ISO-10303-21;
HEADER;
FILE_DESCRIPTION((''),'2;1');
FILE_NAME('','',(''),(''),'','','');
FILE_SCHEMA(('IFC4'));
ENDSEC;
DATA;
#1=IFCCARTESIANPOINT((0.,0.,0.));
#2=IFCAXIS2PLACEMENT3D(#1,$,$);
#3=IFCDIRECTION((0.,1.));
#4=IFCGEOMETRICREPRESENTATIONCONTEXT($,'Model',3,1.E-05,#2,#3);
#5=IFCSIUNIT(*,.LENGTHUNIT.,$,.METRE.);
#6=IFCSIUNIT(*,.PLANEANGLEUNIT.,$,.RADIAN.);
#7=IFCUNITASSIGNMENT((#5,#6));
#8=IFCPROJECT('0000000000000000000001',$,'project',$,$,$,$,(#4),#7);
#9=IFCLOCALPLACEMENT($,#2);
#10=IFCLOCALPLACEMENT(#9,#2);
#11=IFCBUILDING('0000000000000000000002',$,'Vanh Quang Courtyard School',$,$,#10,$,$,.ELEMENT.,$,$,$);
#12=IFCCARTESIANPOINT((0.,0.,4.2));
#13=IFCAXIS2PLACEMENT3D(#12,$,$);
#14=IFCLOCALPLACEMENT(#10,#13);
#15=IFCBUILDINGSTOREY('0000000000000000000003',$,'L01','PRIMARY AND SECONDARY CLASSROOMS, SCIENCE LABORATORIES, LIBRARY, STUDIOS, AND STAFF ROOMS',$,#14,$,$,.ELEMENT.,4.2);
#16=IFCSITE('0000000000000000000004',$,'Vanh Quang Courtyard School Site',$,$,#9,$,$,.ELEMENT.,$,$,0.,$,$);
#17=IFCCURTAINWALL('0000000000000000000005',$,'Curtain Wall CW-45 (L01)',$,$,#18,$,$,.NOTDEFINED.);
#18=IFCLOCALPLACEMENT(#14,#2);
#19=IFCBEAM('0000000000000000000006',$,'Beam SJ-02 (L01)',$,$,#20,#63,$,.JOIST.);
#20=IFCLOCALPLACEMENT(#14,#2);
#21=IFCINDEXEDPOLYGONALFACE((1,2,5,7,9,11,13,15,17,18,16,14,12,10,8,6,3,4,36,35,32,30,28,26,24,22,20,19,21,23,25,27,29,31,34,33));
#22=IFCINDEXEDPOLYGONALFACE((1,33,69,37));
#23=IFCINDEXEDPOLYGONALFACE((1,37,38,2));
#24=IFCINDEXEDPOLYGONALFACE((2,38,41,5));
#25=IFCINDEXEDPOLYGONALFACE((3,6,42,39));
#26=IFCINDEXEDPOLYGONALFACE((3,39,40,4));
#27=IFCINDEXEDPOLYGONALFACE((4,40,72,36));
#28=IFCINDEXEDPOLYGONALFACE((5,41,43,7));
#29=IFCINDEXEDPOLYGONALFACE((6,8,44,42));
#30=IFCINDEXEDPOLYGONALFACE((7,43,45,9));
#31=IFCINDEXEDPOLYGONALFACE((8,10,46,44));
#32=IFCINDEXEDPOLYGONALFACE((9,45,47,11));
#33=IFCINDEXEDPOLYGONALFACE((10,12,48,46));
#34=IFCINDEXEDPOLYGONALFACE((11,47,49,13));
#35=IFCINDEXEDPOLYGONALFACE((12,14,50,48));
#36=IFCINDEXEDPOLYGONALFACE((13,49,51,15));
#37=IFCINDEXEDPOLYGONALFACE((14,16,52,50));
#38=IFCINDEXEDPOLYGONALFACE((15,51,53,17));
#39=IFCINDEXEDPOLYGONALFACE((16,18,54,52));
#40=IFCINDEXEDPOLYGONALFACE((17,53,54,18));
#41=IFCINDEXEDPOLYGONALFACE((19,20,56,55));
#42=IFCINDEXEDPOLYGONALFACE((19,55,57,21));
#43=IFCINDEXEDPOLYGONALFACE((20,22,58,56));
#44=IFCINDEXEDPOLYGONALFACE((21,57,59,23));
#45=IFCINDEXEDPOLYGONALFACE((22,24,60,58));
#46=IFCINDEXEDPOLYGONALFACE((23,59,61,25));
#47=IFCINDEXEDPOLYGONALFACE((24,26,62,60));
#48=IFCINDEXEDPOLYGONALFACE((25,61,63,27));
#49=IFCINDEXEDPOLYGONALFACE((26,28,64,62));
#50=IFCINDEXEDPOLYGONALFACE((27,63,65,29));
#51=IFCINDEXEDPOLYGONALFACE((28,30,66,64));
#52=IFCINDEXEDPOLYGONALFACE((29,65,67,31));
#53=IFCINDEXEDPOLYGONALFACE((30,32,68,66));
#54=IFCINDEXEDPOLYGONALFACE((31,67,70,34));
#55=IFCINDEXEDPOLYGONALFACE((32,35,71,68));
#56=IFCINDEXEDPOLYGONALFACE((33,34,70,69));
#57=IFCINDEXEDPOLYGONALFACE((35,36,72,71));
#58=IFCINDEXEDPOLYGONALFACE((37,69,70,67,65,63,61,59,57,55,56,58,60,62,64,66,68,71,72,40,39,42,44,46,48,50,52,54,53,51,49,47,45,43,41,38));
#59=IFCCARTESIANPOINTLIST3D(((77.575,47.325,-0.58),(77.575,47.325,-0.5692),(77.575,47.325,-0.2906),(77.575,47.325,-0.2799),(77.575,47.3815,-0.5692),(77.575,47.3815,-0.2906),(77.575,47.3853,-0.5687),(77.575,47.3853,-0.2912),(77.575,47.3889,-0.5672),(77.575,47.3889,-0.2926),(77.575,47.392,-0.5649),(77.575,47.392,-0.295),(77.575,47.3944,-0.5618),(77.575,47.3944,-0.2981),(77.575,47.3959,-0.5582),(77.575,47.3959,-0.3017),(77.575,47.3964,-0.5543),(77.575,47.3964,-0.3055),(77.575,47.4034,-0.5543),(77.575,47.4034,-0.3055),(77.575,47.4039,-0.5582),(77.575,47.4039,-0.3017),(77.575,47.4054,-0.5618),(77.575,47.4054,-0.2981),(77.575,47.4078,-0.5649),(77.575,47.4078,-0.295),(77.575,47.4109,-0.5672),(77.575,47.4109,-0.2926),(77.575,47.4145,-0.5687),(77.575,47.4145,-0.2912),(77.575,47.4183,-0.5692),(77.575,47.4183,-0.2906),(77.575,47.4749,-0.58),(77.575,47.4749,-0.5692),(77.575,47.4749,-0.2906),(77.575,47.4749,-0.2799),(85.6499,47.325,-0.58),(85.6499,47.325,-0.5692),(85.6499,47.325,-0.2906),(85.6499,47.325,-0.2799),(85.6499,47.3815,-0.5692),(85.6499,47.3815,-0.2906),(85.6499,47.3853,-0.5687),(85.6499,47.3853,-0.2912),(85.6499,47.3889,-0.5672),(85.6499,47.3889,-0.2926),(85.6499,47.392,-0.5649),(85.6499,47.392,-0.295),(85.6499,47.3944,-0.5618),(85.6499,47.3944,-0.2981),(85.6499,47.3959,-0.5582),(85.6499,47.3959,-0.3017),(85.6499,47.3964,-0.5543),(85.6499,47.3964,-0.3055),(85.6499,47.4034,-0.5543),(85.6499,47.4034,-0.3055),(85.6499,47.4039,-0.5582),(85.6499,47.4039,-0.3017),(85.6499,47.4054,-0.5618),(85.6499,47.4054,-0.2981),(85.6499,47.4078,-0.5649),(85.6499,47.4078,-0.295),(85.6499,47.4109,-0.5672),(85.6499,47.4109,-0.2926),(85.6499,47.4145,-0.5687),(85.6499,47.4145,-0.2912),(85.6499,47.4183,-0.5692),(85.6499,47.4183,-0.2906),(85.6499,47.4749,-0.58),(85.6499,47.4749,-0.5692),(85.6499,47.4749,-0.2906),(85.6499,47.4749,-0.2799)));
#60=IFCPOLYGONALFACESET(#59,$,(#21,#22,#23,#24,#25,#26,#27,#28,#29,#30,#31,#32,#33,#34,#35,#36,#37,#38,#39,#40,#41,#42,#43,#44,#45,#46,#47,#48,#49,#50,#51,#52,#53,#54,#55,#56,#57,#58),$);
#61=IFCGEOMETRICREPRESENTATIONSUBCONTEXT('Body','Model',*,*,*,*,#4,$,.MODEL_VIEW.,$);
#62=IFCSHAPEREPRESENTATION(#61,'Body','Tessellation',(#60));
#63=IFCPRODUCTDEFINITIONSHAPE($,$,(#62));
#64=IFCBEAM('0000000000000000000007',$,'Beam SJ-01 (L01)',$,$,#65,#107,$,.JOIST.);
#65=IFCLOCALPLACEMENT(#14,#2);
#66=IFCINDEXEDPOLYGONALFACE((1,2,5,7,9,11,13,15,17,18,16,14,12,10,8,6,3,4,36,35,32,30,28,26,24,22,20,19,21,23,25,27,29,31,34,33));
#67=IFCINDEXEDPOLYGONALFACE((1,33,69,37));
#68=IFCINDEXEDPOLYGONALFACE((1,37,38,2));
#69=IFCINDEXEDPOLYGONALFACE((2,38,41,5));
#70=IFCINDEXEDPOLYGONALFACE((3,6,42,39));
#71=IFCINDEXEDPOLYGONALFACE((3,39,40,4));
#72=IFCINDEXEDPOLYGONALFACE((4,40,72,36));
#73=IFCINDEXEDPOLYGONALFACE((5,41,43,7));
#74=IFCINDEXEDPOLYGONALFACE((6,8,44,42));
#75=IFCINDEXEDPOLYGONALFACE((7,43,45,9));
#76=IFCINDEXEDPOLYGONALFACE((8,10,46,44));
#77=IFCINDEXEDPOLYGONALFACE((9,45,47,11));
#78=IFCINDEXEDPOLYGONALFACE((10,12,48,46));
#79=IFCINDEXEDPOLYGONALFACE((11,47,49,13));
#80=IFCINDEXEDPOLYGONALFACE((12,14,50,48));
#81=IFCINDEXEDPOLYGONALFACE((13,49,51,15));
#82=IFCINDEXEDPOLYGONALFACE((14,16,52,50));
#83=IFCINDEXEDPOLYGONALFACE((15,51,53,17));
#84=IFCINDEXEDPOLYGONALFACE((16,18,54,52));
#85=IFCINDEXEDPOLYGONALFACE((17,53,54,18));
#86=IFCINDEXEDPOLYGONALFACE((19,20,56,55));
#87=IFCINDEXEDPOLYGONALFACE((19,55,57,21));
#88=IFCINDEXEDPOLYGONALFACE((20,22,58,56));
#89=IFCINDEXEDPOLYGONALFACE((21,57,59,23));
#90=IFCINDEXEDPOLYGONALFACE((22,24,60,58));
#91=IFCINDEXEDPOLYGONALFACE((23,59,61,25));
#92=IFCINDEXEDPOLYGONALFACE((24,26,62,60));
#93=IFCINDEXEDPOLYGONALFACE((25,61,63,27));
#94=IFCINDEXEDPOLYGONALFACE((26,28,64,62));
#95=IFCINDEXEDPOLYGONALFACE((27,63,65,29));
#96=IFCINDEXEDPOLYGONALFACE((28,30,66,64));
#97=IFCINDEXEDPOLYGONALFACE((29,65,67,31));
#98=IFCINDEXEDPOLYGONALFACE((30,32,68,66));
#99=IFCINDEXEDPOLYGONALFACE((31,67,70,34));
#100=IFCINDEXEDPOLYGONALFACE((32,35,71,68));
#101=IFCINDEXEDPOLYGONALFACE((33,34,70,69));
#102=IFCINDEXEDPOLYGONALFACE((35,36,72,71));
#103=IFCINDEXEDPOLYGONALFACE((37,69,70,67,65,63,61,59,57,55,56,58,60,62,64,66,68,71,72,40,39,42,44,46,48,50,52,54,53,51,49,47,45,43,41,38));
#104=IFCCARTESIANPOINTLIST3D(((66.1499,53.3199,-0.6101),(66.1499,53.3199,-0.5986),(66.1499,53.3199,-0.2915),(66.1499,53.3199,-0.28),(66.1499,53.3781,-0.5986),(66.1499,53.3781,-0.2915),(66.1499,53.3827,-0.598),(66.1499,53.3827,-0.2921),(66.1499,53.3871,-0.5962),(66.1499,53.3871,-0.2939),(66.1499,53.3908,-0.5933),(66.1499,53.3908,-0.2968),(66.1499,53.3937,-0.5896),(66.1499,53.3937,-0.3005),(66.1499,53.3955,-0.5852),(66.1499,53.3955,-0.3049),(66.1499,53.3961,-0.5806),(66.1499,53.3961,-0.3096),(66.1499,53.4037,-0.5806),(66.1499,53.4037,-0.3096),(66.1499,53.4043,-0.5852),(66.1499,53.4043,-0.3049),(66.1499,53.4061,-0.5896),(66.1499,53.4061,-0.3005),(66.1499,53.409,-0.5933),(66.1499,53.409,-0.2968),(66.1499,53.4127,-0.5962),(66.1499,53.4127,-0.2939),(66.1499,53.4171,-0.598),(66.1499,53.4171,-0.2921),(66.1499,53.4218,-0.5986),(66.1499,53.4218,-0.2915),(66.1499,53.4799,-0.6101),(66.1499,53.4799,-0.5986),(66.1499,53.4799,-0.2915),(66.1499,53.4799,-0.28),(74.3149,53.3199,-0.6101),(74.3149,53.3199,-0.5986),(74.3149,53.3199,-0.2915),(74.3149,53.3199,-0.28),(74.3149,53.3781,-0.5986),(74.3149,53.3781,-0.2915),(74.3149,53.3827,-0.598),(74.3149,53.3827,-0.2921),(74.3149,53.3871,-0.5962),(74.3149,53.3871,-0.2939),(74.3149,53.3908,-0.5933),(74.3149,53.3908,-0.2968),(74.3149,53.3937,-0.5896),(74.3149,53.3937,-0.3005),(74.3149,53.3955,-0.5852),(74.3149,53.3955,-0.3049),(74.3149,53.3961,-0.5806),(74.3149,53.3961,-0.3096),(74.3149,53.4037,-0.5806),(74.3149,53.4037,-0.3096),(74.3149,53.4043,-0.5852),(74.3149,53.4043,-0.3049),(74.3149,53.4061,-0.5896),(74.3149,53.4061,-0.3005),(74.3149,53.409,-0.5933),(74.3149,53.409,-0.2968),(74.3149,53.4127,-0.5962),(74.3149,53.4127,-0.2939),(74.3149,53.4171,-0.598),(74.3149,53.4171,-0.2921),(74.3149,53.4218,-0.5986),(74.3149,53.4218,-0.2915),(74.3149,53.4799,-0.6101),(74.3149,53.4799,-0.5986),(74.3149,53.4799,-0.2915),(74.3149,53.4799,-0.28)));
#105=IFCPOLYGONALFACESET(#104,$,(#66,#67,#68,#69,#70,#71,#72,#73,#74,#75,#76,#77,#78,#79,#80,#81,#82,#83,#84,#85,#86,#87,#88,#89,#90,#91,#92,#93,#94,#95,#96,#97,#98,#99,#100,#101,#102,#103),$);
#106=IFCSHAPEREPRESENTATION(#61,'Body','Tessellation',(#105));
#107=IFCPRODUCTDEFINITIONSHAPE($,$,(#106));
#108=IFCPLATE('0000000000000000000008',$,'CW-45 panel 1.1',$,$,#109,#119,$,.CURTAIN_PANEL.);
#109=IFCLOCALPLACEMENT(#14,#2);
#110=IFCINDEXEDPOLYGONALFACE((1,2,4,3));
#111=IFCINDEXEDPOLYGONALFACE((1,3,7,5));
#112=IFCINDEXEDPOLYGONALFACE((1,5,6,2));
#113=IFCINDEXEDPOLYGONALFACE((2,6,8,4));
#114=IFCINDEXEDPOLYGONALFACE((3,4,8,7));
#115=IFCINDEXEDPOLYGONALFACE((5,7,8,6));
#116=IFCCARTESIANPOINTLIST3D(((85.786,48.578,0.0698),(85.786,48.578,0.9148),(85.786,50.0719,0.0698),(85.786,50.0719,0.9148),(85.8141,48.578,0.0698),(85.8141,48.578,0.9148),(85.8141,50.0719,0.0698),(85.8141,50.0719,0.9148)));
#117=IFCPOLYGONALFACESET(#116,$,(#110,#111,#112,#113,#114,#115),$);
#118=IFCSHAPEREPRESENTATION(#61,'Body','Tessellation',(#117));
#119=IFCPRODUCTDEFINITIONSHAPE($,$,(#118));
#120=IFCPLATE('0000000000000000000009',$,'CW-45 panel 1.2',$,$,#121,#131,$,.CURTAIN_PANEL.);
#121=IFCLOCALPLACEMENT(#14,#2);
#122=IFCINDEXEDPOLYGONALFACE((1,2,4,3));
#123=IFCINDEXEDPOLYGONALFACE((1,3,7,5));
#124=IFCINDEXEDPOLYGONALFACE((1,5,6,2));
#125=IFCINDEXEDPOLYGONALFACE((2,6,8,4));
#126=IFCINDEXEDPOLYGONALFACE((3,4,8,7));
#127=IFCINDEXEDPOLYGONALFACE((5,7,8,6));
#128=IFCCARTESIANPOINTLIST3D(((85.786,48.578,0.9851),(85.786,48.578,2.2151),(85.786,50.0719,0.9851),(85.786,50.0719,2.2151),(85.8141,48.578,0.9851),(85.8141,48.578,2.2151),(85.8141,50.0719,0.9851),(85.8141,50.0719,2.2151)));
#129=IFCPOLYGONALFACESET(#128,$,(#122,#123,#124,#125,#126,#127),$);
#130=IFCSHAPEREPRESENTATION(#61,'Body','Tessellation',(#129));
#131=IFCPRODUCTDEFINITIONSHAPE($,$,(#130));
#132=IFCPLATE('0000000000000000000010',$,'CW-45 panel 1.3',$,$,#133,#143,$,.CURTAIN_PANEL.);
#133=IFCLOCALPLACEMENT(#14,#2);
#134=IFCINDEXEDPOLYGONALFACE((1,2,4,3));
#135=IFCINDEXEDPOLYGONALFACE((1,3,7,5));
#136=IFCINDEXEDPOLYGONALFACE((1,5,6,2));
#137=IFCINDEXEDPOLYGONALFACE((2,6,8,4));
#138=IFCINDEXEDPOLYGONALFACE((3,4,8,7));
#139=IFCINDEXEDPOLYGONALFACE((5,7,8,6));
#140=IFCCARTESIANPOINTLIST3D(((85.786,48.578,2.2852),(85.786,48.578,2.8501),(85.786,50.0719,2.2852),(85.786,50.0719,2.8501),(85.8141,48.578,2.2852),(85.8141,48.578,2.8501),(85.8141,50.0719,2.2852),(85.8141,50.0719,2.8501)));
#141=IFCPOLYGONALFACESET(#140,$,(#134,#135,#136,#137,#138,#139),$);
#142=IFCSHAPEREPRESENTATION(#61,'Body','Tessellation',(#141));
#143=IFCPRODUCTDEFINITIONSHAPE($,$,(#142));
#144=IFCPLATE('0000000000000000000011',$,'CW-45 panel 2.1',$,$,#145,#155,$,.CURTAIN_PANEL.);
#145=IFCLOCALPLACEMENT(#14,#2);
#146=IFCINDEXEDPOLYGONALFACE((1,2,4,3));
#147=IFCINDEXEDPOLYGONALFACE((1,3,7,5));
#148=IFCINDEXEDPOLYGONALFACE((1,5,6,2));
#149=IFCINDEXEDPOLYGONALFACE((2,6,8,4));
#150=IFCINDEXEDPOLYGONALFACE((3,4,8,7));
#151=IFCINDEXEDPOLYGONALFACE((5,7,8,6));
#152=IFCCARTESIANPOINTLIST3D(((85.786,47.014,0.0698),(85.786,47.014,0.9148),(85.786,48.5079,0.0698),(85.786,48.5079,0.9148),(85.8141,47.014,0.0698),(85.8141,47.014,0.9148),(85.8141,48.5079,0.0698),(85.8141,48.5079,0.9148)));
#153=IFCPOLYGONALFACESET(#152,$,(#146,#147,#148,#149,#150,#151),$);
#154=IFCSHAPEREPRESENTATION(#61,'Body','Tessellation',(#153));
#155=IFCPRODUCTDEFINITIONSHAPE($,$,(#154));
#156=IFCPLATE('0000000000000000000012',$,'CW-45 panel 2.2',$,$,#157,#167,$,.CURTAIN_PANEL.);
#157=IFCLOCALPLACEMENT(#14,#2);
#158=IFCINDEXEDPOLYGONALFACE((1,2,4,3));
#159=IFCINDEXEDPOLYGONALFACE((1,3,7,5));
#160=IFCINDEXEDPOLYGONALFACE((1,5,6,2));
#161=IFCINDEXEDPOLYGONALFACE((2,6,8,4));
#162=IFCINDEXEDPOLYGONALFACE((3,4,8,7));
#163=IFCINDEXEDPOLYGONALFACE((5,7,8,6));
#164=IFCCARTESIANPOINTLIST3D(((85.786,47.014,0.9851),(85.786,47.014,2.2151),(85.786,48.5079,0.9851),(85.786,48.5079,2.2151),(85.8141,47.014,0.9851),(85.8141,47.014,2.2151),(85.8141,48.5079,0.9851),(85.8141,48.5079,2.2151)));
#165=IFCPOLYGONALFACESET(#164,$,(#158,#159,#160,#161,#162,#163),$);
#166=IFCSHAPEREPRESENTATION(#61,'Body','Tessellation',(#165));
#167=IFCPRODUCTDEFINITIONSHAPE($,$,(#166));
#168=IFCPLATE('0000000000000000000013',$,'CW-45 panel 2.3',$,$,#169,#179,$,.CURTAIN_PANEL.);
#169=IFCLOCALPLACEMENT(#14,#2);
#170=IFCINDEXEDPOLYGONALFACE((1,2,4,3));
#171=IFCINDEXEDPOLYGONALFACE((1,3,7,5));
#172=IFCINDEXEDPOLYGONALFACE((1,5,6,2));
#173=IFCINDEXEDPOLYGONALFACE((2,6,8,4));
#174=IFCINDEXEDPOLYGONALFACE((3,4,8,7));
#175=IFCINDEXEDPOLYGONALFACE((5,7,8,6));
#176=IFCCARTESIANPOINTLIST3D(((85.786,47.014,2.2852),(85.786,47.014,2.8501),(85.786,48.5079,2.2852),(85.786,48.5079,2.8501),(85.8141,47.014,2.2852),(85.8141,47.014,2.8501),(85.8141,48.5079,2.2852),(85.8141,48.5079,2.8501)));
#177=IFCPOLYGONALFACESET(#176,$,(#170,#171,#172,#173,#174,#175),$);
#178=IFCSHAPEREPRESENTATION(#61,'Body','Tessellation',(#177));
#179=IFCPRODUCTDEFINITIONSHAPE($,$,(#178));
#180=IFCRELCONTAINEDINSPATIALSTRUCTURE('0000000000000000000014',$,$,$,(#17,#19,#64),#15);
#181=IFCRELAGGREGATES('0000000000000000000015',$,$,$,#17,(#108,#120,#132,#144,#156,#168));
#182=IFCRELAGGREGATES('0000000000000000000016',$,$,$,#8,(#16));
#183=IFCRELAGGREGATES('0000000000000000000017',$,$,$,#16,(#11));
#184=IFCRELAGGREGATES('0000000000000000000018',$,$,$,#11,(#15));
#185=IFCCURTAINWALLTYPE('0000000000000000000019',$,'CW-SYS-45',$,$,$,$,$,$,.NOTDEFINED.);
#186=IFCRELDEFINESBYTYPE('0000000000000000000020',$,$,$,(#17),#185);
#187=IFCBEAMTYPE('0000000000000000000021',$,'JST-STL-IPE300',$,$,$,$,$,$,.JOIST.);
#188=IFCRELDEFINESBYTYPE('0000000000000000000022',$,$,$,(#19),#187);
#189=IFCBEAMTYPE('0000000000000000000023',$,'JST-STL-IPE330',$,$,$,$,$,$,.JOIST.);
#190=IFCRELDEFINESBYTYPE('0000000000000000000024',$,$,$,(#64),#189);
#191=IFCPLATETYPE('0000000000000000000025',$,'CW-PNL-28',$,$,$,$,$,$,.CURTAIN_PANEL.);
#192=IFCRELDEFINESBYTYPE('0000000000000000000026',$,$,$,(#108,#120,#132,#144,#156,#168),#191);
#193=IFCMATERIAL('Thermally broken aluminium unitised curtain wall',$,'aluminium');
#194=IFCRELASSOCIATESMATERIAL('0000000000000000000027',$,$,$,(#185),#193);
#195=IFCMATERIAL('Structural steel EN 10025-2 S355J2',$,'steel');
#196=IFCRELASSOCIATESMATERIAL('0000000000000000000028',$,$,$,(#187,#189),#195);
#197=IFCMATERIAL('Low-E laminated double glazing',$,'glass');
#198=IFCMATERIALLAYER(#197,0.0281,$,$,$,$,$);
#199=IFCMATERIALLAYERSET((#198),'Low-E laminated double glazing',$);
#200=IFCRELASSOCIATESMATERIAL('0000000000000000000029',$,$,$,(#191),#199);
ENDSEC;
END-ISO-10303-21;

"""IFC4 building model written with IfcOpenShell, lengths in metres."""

from ifc_helpers import new_model, si_unit, direction, frame, origin, origin_2d, place, context, subcontext, project, spatial, rectangle, i_section, extrude, material, layer, layer_set, material_profile, profile_set, type_object, element, aggregate, save


model = new_model("IFC4")

# Units and contexts
model_context = context("Model", 3, precision=1e-05, world=origin(), true_north=direction((0.0, 1.0)))
body_context = subcontext(model_context, "Body", "Model", "MODEL_VIEW")
ifc_project = project(units=[si_unit("LENGTHUNIT", "METRE"), si_unit("PLANEANGLEUNIT", "RADIAN")], contexts=[model_context])

# Site, building, storey
site_placement = place(None, origin())
site = spatial("IfcSite", under=ifc_project, at=site_placement, Name="Vanh Quang Courtyard School Site", CompositionType="ELEMENT", RefElevation=0.0)
building_placement = place(site_placement, origin())
building = spatial("IfcBuilding", under=site, at=building_placement, Name="Vanh Quang Courtyard School", CompositionType="ELEMENT")
storey_placement = place(building_placement, frame((0.0, 0.0, 4.2)))
storey = spatial("IfcBuildingStorey", under=building, at=storey_placement, Name="L01", Description="PRIMARY AND SECONDARY CLASSROOMS, SCIENCE LABORATORIES, LIBRARY, STUDIOS, AND STAFF ROOMS", CompositionType="ELEMENT", Elevation=4.2)

# Shared definitions
ifc_material_1 = material(Name="Structural steel EN 10025-2 S355J2", Category="steel")

# Shared definitions
ifc_material_2 = material(Name="Thermally broken aluminium unitised curtain wall", Category="aluminium")

# Curtain wall
curtain_wall_type_1 = type_object("IfcCurtainWallType", Name="CW-SYS-45", PredefinedType="NOTDEFINED", material=ifc_material_2)
curtain_wall_1_placement = place(storey_placement, origin())
curtain_wall_1 = element("IfcCurtainWall", 1, at=curtain_wall_1_placement, inside=storey, type_object=curtain_wall_type_1, Name="Curtain Wall CW-45 (L01)", PredefinedType="NOTDEFINED")

# Beams
ifc_material_profile_1 = material_profile(ifc_material_1, i_section(OverallWidth=0.1499, OverallDepth=0.3, WebThickness=0.0071, FlangeThickness=0.0107, FilletRadius=0.0149, at=origin_2d()), Name="IPE 300")
ifc_profile_set_1 = profile_set([ifc_material_profile_1], Name="Structural steel EN 10025-2 S355J2")
beam_type_1 = type_object("IfcBeamType", Name="JST-STL-IPE300", PredefinedType="JOIST", material=ifc_profile_set_1)
beam_1_placement = place(storey_placement, frame((77.575, 47.3999, -0.4299), z_axis=(1.0, 0.0, 0.0), x_axis=(0.0, 1.0, 0.0)))
element("IfcBeam", 2, at=beam_1_placement, inside=storey, type_object=beam_type_1, Name="Beam SJ-02 (L01)", PredefinedType="JOIST", context=body_context, shape_type="SweptSolid", body=[
    extrude(i_section(OverallWidth=0.1499, OverallDepth=0.3, WebThickness=0.0071, FlangeThickness=0.0107, FilletRadius=0.0149, at=origin_2d()), origin(), (0.0, 0.0, 1.0), 8.075),
])
ifc_material_profile_2 = material_profile(ifc_material_1, i_section(OverallWidth=0.1599, OverallDepth=0.3301, WebThickness=0.0076, FlangeThickness=0.0115, FilletRadius=0.0181, at=origin_2d()), Name="IPE 330")
ifc_profile_set_2 = profile_set([ifc_material_profile_2], Name="Structural steel EN 10025-2 S355J2")
beam_type_2 = type_object("IfcBeamType", Name="JST-STL-IPE330", PredefinedType="JOIST", material=ifc_profile_set_2)
beam_2_placement = place(storey_placement, frame((66.1499, 53.3999, -0.4451), z_axis=(1.0, 0.0, 0.0), x_axis=(0.0, 1.0, 0.0)))
element("IfcBeam", 3, at=beam_2_placement, inside=storey, type_object=beam_type_2, Name="Beam SJ-01 (L01)", PredefinedType="JOIST", context=body_context, shape_type="SweptSolid", body=[
    extrude(i_section(OverallWidth=0.1599, OverallDepth=0.3301, WebThickness=0.0076, FlangeThickness=0.0115, FilletRadius=0.0181, at=origin_2d()), origin(), (0.0, 0.0, 1.0), 8.165),
])

# Plates
ifc_material_3 = material(Name="Low-E laminated double glazing", Category="glass")
ifc_layer_1 = layer(ifc_material_3, 0.0281)
ifc_layer_set_1 = layer_set([ifc_layer_1], Name="Low-E laminated double glazing")
plate_type = type_object("IfcPlateType", Name="CW-PNL-28", PredefinedType="CURTAIN_PANEL", material=ifc_layer_set_1)
plate_1_placement = place(storey_placement, frame((85.8, 49.325, 0.0698), z_axis=(0.0, 0.0, 1.0), x_axis=(0.0, -1.0, 0.0)))
plate_1 = element("IfcPlate", 4, at=plate_1_placement, type_object=plate_type, Name="CW-45 panel 1.1", PredefinedType="CURTAIN_PANEL", context=body_context, shape_type="SweptSolid", body=[
    extrude(rectangle(XDim=1.4939, YDim=0.0281, at=origin_2d()), origin(), (0.0, 0.0, 1.0), 0.845),
])
plate_2_placement = place(storey_placement, frame((85.8, 49.325, 0.9851), z_axis=(0.0, 0.0, 1.0), x_axis=(0.0, -1.0, 0.0)))
plate_2 = element("IfcPlate", 5, at=plate_2_placement, type_object=plate_type, Name="CW-45 panel 1.2", PredefinedType="CURTAIN_PANEL", context=body_context, shape_type="SweptSolid", body=[
    extrude(rectangle(XDim=1.4939, YDim=0.0281, at=origin_2d()), origin(), (0.0, 0.0, 1.0), 1.23),
])
plate_3_placement = place(storey_placement, frame((85.8, 49.325, 2.2852), z_axis=(0.0, 0.0, 1.0), x_axis=(0.0, -1.0, 0.0)))
plate_3 = element("IfcPlate", 6, at=plate_3_placement, type_object=plate_type, Name="CW-45 panel 1.3", PredefinedType="CURTAIN_PANEL", context=body_context, shape_type="SweptSolid", body=[
    extrude(rectangle(XDim=1.4939, YDim=0.0281, at=origin_2d()), origin(), (0.0, 0.0, 1.0), 0.5649),
])
plate_4_placement = place(storey_placement, frame((85.8, 47.761, 0.0698), z_axis=(0.0, 0.0, 1.0), x_axis=(0.0, -1.0, 0.0)))
plate_4 = element("IfcPlate", 7, at=plate_4_placement, type_object=plate_type, Name="CW-45 panel 2.1", PredefinedType="CURTAIN_PANEL", context=body_context, shape_type="SweptSolid", body=[
    extrude(rectangle(XDim=1.4939, YDim=0.0281, at=origin_2d()), origin(), (0.0, 0.0, 1.0), 0.845),
])
plate_5_placement = place(storey_placement, frame((85.8, 47.761, 0.9851), z_axis=(0.0, 0.0, 1.0), x_axis=(0.0, -1.0, 0.0)))
plate_5 = element("IfcPlate", 8, at=plate_5_placement, type_object=plate_type, Name="CW-45 panel 2.2", PredefinedType="CURTAIN_PANEL", context=body_context, shape_type="SweptSolid", body=[
    extrude(rectangle(XDim=1.4939, YDim=0.0281, at=origin_2d()), origin(), (0.0, 0.0, 1.0), 1.23),
])
plate_6_placement = place(storey_placement, frame((85.8, 47.761, 2.2852), z_axis=(0.0, 0.0, 1.0), x_axis=(0.0, -1.0, 0.0)))
plate_6 = element("IfcPlate", 9, at=plate_6_placement, type_object=plate_type, Name="CW-45 panel 2.3", PredefinedType="CURTAIN_PANEL", context=body_context, shape_type="SweptSolid", body=[
    extrude(rectangle(XDim=1.4939, YDim=0.0281, at=origin_2d()), origin(), (0.0, 0.0, 1.0), 0.5649),
])
aggregate(curtain_wall_1, [plate_1, plate_2, plate_3, plate_4, plate_5, plate_6])

save(model, "model.ifc")
